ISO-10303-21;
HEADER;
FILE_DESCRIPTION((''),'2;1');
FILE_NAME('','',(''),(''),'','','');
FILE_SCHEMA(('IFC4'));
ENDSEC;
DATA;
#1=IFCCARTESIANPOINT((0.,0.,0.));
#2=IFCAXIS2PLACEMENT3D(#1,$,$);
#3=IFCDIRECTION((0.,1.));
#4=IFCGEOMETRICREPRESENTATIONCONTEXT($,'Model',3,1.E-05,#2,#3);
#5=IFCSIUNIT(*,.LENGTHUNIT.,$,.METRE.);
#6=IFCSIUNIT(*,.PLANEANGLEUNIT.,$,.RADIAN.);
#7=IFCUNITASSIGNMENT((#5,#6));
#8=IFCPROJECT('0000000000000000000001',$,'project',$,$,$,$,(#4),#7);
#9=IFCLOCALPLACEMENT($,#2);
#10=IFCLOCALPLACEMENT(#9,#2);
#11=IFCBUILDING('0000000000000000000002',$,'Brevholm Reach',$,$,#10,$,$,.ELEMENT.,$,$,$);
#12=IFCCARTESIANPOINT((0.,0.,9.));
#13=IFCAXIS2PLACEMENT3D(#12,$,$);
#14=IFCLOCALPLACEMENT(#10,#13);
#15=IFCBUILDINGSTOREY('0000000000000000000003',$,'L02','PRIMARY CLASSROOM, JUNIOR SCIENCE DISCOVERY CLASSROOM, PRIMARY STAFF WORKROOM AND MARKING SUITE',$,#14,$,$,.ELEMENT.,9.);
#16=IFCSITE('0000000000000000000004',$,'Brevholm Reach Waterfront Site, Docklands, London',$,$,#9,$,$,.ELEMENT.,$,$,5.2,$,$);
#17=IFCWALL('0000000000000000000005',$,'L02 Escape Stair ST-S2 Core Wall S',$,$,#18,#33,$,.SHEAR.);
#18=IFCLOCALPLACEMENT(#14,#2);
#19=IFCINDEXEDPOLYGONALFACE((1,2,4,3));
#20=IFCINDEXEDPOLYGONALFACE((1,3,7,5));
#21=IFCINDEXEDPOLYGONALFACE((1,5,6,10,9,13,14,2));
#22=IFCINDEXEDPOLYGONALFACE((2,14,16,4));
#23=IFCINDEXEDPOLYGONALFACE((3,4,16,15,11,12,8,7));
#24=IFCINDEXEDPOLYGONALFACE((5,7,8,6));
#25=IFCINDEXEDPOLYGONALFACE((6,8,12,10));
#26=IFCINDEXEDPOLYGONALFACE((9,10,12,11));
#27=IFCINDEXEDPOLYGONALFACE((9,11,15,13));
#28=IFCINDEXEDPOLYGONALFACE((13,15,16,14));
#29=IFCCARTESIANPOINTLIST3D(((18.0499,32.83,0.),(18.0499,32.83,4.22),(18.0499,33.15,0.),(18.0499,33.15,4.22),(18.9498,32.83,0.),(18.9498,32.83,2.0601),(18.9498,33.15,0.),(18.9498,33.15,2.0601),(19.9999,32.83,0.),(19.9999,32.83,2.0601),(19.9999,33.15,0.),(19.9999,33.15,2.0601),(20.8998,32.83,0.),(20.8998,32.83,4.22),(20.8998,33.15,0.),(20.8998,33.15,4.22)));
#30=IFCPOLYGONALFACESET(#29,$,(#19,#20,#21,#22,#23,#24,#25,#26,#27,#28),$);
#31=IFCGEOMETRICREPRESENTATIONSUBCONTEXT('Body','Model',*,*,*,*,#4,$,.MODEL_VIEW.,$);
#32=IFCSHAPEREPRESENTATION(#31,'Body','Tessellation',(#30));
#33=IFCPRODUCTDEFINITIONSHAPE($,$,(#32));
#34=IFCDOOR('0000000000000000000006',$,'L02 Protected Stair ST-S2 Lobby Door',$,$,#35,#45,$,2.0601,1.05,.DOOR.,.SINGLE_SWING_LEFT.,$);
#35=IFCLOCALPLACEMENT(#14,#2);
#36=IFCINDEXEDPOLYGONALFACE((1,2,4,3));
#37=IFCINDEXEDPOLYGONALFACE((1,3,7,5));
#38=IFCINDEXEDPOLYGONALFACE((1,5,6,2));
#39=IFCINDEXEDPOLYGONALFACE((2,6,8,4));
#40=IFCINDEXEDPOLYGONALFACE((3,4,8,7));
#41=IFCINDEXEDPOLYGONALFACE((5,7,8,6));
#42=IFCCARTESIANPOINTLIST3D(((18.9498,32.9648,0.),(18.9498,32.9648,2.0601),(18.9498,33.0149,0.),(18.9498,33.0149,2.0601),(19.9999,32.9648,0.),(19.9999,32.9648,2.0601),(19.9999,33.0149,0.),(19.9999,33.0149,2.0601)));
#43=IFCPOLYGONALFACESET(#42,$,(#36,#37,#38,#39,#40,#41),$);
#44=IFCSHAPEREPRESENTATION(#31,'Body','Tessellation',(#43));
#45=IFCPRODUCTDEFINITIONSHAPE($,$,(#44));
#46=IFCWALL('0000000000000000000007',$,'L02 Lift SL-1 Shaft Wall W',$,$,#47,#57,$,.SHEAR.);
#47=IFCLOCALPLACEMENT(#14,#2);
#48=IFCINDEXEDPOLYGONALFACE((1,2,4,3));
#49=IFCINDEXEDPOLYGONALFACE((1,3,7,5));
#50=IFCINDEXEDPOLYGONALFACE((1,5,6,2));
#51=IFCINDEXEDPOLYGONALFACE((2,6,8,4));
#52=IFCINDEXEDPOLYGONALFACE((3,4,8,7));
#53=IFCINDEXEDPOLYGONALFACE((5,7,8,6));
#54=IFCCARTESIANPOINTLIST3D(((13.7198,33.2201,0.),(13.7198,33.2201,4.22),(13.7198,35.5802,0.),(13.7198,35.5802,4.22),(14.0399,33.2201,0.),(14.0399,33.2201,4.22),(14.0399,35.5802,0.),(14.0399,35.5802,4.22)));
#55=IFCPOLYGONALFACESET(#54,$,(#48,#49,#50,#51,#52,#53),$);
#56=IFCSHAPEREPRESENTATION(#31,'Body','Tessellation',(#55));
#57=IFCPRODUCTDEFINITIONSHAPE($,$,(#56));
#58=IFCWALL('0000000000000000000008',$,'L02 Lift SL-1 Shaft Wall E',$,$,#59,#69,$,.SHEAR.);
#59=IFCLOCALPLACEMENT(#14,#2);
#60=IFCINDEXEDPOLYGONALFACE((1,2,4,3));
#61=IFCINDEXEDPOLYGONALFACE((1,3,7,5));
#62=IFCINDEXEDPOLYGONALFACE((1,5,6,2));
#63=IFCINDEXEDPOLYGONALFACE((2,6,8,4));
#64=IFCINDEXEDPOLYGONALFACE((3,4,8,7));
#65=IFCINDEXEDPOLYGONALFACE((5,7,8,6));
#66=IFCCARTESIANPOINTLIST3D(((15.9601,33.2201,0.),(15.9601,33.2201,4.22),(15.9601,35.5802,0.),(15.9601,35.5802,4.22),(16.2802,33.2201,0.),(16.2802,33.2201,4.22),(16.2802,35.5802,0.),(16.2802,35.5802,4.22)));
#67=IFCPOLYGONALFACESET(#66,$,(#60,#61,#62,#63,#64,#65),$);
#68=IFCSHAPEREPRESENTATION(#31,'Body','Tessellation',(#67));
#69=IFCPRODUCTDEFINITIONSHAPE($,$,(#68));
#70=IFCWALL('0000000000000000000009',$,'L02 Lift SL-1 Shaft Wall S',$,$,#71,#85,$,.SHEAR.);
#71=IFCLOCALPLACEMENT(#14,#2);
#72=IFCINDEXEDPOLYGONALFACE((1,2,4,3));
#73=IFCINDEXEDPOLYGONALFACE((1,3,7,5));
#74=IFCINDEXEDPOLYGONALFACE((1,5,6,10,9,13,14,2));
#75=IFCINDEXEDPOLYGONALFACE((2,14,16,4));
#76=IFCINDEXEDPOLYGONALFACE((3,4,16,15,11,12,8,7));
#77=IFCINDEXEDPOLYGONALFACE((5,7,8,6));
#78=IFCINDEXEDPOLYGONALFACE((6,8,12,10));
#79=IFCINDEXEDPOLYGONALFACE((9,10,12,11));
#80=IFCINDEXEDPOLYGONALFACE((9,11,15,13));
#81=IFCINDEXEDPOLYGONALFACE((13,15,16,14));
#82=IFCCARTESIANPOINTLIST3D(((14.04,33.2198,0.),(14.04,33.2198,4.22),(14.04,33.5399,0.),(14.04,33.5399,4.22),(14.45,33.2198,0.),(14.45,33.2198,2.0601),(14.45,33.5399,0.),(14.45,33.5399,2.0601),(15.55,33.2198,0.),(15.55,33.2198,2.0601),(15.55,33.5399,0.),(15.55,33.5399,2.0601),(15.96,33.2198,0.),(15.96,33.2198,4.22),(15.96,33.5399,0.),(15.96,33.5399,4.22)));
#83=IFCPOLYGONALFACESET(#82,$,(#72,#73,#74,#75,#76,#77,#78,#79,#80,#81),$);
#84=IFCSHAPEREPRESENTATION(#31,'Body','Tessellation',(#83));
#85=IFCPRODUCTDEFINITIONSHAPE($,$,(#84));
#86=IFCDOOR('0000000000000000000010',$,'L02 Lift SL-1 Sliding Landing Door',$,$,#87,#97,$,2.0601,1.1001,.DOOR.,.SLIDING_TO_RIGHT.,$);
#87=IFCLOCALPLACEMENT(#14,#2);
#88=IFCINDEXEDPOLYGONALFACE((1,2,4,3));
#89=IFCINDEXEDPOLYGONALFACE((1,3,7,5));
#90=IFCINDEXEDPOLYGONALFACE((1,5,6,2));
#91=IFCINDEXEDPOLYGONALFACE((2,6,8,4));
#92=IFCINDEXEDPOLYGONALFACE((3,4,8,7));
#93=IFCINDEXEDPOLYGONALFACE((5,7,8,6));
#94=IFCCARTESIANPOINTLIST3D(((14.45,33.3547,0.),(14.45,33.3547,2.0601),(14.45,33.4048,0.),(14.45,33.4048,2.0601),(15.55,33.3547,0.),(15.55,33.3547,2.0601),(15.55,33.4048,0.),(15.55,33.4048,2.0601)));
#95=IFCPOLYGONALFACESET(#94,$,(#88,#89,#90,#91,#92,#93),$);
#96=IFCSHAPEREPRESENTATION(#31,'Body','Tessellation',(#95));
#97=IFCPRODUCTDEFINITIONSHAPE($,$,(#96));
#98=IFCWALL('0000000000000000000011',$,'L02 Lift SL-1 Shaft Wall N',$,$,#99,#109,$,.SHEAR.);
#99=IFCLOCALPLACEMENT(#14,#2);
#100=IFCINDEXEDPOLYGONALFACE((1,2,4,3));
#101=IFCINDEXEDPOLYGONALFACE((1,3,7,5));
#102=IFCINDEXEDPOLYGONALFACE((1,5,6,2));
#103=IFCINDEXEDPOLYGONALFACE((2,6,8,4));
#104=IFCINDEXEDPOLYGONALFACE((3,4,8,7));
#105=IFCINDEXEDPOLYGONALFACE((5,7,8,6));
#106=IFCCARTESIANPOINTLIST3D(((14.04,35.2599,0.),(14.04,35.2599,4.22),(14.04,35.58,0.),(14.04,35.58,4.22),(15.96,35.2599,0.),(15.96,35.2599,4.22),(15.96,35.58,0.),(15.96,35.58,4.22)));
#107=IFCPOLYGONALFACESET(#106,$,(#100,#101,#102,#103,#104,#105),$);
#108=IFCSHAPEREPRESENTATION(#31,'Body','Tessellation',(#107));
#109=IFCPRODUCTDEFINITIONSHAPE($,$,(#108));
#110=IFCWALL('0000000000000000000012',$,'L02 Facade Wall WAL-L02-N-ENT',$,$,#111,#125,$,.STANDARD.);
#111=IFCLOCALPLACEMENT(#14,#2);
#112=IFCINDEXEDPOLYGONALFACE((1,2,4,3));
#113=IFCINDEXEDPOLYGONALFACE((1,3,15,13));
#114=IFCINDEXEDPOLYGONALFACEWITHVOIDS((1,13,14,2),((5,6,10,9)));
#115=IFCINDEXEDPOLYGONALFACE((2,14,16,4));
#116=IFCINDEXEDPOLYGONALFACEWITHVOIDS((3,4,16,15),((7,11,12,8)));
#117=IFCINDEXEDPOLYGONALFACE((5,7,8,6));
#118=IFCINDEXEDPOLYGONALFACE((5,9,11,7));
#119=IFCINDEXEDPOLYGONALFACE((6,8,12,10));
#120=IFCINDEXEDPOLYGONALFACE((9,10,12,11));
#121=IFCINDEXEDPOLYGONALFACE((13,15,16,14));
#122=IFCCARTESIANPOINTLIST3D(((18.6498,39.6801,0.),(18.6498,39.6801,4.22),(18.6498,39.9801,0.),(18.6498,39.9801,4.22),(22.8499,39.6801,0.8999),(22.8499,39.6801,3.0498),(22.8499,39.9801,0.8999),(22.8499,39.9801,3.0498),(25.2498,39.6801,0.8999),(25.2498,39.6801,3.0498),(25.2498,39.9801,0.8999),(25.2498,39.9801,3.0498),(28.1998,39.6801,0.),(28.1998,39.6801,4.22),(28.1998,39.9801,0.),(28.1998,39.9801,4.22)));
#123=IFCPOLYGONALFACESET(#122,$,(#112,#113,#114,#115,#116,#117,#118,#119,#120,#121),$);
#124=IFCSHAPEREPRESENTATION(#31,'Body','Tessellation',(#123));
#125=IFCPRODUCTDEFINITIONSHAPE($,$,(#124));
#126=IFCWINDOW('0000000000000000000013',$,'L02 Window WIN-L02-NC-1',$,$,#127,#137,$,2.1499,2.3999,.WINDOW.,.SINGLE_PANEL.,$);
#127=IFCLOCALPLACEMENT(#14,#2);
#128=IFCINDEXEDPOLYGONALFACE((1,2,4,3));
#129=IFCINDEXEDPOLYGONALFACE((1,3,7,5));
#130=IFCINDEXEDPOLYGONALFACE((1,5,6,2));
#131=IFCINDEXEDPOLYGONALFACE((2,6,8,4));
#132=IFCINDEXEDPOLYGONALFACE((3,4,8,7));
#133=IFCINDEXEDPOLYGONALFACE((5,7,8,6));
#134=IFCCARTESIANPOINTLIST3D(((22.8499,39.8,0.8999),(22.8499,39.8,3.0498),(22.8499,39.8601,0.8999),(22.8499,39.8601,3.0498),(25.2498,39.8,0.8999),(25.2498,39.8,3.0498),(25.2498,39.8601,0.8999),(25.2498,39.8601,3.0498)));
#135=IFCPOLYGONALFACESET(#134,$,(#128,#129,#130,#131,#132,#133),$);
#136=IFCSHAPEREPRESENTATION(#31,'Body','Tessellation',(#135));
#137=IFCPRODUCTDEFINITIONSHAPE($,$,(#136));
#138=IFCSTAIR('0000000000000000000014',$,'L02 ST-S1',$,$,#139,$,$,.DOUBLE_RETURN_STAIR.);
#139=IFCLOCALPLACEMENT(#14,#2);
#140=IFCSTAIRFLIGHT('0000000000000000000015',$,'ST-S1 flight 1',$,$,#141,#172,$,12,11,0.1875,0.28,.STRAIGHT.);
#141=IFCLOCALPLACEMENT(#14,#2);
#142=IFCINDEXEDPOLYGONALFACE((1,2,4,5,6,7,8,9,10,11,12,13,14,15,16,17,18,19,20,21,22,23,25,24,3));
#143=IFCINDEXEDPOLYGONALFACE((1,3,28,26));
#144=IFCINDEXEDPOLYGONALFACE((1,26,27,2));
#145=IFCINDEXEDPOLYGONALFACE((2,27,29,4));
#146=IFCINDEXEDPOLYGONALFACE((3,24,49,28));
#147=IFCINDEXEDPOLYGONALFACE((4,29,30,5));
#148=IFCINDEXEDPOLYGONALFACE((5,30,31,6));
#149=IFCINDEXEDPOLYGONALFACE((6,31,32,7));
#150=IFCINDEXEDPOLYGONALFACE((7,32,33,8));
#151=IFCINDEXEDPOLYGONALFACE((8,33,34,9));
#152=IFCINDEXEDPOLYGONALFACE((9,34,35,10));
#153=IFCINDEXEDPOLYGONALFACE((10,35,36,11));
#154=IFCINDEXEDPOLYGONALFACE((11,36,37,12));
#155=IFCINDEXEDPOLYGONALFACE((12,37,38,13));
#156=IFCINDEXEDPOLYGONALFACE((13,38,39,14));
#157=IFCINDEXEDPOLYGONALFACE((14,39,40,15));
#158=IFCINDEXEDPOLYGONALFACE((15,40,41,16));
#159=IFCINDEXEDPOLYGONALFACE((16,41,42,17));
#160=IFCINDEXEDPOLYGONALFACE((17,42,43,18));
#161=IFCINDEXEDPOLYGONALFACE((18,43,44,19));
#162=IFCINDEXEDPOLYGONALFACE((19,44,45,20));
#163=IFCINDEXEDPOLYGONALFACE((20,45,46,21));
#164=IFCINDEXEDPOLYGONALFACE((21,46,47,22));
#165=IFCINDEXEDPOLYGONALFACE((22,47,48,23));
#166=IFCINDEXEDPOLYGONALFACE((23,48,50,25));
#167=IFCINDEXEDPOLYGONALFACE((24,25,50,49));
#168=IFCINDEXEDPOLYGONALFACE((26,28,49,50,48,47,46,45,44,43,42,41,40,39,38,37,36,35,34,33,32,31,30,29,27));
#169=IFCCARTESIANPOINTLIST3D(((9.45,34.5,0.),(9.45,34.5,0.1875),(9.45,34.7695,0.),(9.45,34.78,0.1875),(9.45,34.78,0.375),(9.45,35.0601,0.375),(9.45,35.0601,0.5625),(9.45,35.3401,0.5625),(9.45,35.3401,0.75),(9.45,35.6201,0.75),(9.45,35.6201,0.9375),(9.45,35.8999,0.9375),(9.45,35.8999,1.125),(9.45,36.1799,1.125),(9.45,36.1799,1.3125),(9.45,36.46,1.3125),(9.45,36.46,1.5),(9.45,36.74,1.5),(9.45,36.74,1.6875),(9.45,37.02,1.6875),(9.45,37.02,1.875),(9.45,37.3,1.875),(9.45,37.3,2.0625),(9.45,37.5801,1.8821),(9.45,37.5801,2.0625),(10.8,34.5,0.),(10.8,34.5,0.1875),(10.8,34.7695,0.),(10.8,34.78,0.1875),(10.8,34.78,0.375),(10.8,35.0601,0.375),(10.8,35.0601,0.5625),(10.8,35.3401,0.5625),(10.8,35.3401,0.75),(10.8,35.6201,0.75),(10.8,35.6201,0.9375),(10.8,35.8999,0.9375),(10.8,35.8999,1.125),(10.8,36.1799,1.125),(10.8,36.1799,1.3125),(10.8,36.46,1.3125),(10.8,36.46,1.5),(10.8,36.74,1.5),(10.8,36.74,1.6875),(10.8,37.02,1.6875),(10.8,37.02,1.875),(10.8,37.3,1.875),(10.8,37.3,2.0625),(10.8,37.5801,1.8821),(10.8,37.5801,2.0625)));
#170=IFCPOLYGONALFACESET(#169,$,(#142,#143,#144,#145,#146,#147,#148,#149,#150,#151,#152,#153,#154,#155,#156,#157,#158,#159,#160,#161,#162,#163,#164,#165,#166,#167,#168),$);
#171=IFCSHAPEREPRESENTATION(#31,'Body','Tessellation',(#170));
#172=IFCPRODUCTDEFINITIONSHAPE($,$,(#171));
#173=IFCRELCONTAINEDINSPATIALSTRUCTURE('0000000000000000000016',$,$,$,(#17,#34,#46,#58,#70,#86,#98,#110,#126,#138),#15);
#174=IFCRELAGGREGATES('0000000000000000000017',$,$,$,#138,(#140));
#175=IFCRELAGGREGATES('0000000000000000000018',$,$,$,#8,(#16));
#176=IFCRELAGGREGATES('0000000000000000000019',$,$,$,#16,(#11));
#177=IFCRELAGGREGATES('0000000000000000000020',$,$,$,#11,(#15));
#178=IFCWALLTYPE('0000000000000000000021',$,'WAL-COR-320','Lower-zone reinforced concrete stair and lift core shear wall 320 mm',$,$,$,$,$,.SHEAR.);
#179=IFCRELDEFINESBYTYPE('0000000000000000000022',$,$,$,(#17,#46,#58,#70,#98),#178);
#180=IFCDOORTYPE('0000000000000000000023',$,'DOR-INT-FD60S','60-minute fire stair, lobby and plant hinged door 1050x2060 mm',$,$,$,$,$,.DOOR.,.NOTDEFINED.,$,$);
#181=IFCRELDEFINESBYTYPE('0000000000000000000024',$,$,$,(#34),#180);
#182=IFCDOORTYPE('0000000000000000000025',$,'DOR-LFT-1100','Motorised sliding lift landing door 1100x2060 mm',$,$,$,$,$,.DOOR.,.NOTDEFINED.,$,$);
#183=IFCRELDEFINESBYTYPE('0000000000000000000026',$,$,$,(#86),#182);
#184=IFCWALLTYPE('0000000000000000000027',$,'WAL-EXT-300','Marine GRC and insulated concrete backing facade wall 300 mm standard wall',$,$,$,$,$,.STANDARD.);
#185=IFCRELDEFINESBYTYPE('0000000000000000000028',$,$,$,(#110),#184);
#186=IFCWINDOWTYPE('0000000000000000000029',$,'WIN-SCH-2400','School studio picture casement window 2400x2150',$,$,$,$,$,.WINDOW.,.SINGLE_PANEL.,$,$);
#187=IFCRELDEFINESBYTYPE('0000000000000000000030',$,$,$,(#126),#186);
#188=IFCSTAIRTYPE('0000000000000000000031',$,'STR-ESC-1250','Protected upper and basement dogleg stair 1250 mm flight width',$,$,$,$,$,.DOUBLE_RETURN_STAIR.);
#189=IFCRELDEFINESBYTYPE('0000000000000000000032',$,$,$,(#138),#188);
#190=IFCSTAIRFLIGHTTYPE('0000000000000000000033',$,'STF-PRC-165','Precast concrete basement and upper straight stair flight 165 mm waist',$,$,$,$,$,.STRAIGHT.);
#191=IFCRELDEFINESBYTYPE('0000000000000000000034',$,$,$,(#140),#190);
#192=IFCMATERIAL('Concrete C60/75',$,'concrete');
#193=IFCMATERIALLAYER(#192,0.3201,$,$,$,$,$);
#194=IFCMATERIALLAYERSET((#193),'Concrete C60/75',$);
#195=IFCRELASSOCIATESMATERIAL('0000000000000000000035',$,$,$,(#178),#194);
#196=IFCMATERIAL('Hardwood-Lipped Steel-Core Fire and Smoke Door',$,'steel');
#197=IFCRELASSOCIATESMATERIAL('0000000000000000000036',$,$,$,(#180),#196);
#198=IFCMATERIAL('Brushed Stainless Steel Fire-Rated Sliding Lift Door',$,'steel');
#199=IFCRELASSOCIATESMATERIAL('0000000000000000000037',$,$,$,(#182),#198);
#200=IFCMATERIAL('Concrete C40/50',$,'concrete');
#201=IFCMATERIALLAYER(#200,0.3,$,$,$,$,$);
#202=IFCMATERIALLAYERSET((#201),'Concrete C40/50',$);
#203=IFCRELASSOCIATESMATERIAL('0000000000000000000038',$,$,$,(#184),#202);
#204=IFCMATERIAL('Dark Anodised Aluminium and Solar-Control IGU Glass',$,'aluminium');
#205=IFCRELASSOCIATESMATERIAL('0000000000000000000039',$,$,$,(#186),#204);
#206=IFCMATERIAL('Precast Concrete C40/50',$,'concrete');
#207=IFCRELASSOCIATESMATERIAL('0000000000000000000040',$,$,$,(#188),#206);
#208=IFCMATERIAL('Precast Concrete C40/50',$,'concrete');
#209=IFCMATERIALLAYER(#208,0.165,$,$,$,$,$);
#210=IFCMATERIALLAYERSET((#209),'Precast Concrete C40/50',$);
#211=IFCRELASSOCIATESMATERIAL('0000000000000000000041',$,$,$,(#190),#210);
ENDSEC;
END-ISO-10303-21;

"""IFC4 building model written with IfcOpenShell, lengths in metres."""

from ifc_helpers import new_model, si_unit, direction, frame, frame_2d, origin, place, context, subcontext, project, spatial, polyline, rectangle, outline, extrude, material, layer, layer_set, type_object, element, fill, aggregate, save


model = new_model("IFC4")

# Units and contexts
model_context = context("Model", 3, precision=1e-05, world=origin(), true_north=direction((0.0, 1.0)))
body_context = subcontext(model_context, "Body", "Model", "MODEL_VIEW")
ifc_project = project(units=[si_unit("LENGTHUNIT", "METRE"), si_unit("PLANEANGLEUNIT", "RADIAN")], contexts=[model_context])

# Site, building, storey
site_placement = place(None, origin())
site = spatial("IfcSite", under=ifc_project, at=site_placement, Name="Brevholm Reach Waterfront Site, Docklands, London", CompositionType="ELEMENT", RefElevation=5.2)
building_placement = place(site_placement, origin())
building = spatial("IfcBuilding", under=site, at=building_placement, Name="Brevholm Reach", CompositionType="ELEMENT")
storey_placement = place(building_placement, frame((0.0, 0.0, 9.0)))
storey = spatial("IfcBuildingStorey", under=building, at=storey_placement, Name="L02", Description="PRIMARY CLASSROOM, JUNIOR SCIENCE DISCOVERY CLASSROOM, PRIMARY STAFF WORKROOM AND MARKING SUITE", CompositionType="ELEMENT", Elevation=9.0)

# Shared definitions
ifc_material_1 = material(Name="Concrete C60/75", Category="concrete")
ifc_layer_1 = layer(ifc_material_1, 0.3201)
ifc_layer_set_1 = layer_set([ifc_layer_1], Name="Concrete C60/75")
wall_type_1 = type_object("IfcWallType", Name="WAL-COR-320", Description="Lower-zone reinforced concrete stair and lift core shear wall 320 mm", PredefinedType="SHEAR", material=ifc_layer_set_1)

# Wall, opening, door
wall_1_placement = place(storey_placement, frame((18.05, 32.99, 0.0), z_axis=(0.0, 0.0, 1.0), x_axis=(1.0, 0.0, 0.0)))
wall_1 = element("IfcWall", 1, at=wall_1_placement, inside=storey, type_object=wall_type_1, Name="L02 Escape Stair ST-S2 Core Wall S", PredefinedType="SHEAR", context=body_context, shape_type="SweptSolid", body=[
    extrude(rectangle(XDim=2.8499, YDim=0.3201, at=frame_2d((1.4248, 0.0))), origin(), (0.0, 0.0, 1.0), 4.22),
])
opening_1_placement = place(wall_1_placement, frame((0.8999, 0.0, 0.0)))
opening_1 = element("IfcOpeningElement", 2, at=opening_1_placement, cuts=wall_1, PredefinedType="OPENING", context=body_context, shape_type="SweptSolid", body=[
    extrude(rectangle(XDim=1.05, YDim=2.0601, at=frame_2d((0.5249, 1.03))), frame((0.0, 0.1699, 0.0), z_axis=(0.0, -1.0, 0.0), x_axis=(1.0, 0.0, 0.0)), (0.0, 0.0, 1.0), 0.3401),
])
ifc_material_2 = material(Name="Hardwood-Lipped Steel-Core Fire and Smoke Door", Category="steel")
door_type_1 = type_object("IfcDoorType", Name="DOR-INT-FD60S", Description="60-minute fire stair, lobby and plant hinged door 1050x2060 mm", OperationType="NOTDEFINED", PredefinedType="DOOR", material=ifc_material_2)
door_1_placement = place(opening_1_placement, origin())
door_1 = element("IfcDoor", 3, at=door_1_placement, inside=storey, type_object=door_type_1, Name="L02 Protected Stair ST-S2 Lobby Door", OperationType="SINGLE_SWING_LEFT", OverallHeight=2.0601, OverallWidth=1.05, PredefinedType="DOOR", context=body_context, shape_type="SweptSolid", body=[
    extrude(rectangle(XDim=1.05, YDim=2.0601, at=frame_2d((0.5249, 1.03))), frame((0.0, 0.0249, 0.0), z_axis=(0.0, -1.0, 0.0), x_axis=(1.0, 0.0, 0.0)), (0.0, 0.0, 1.0), 0.05),
])
fill(opening_1, door_1)

# Walls
for number, where, z_axis, x_axis, name in (
    (4, (13.8799, 33.22, 0.0), (0.0, 0.0, 1.0), (0.0, 1.0, 0.0), "L02 Lift SL-1 Shaft Wall W"),
    (5, (16.1201, 33.22, 0.0), (0.0, 0.0, 1.0), (0.0, 1.0, 0.0), "L02 Lift SL-1 Shaft Wall E"),
):
    element("IfcWall", number, at=place(storey_placement, frame(where, z_axis=z_axis, x_axis=x_axis)), inside=storey, type_object=wall_type_1, Name=name, PredefinedType="SHEAR", context=body_context, shape_type="SweptSolid", body=[
        extrude(rectangle(XDim=2.3601, YDim=0.3201, at=frame_2d((1.1802, 0.0))), origin(), (0.0, 0.0, 1.0), 4.22),
    ])

# Wall, opening, door
wall_2_placement = place(storey_placement, frame((14.04, 33.3799, 0.0), z_axis=(0.0, 0.0, 1.0), x_axis=(1.0, 0.0, 0.0)))
wall_2 = element("IfcWall", 6, at=wall_2_placement, inside=storey, type_object=wall_type_1, Name="L02 Lift SL-1 Shaft Wall S", PredefinedType="SHEAR", context=body_context, shape_type="SweptSolid", body=[
    extrude(rectangle(XDim=1.9199, YDim=0.3201, at=frame_2d((0.96, 0.0))), origin(), (0.0, 0.0, 1.0), 4.22),
])
opening_2_placement = place(wall_2_placement, frame((0.4099, 0.0, 0.0)))
opening_2 = element("IfcOpeningElement", 7, at=opening_2_placement, cuts=wall_2, PredefinedType="OPENING", context=body_context, shape_type="SweptSolid", body=[
    extrude(rectangle(XDim=1.1001, YDim=2.0601, at=frame_2d((0.55, 1.03))), frame((0.0, 0.1699, 0.0), z_axis=(0.0, -1.0, 0.0), x_axis=(1.0, 0.0, 0.0)), (0.0, 0.0, 1.0), 0.3401),
])
ifc_material_3 = material(Name="Brushed Stainless Steel Fire-Rated Sliding Lift Door", Category="steel")
door_type_2 = type_object("IfcDoorType", Name="DOR-LFT-1100", Description="Motorised sliding lift landing door 1100x2060 mm", OperationType="NOTDEFINED", PredefinedType="DOOR", material=ifc_material_3)
door_2_placement = place(opening_2_placement, origin())
door_2 = element("IfcDoor", 8, at=door_2_placement, inside=storey, type_object=door_type_2, Name="L02 Lift SL-1 Sliding Landing Door", OperationType="SLIDING_TO_RIGHT", OverallHeight=2.0601, OverallWidth=1.1001, PredefinedType="DOOR", context=body_context, shape_type="SweptSolid", body=[
    extrude(rectangle(XDim=1.1001, YDim=2.0601, at=frame_2d((0.55, 1.03))), frame((0.0, 0.0249, 0.0), z_axis=(0.0, -1.0, 0.0), x_axis=(1.0, 0.0, 0.0)), (0.0, 0.0, 1.0), 0.05),
])
fill(opening_2, door_2)

# Wall
wall_3_placement = place(storey_placement, frame((14.04, 35.4199, 0.0), z_axis=(0.0, 0.0, 1.0), x_axis=(1.0, 0.0, 0.0)))
element("IfcWall", 9, at=wall_3_placement, inside=storey, type_object=wall_type_1, Name="L02 Lift SL-1 Shaft Wall N", PredefinedType="SHEAR", context=body_context, shape_type="SweptSolid", body=[
    extrude(rectangle(XDim=1.9199, YDim=0.3201, at=frame_2d((0.96, 0.0))), origin(), (0.0, 0.0, 1.0), 4.22),
])

# Wall, opening, window
ifc_material_4 = material(Name="Concrete C40/50", Category="concrete")
ifc_layer_2 = layer(ifc_material_4, 0.3)
ifc_layer_set_2 = layer_set([ifc_layer_2], Name="Concrete C40/50")
wall_type_2 = type_object("IfcWallType", Name="WAL-EXT-300", Description="Marine GRC and insulated concrete backing facade wall 300 mm standard wall", PredefinedType="STANDARD", material=ifc_layer_set_2)
wall_4_placement = place(storey_placement, frame((18.6499, 39.8301, 0.0), z_axis=(0.0, 0.0, 1.0), x_axis=(1.0, 0.0, 0.0)))
wall_4 = element("IfcWall", 10, at=wall_4_placement, inside=storey, type_object=wall_type_2, Name="L02 Facade Wall WAL-L02-N-ENT", PredefinedType="STANDARD", context=body_context, shape_type="SweptSolid", body=[
    extrude(rectangle(XDim=9.55, YDim=0.3, at=frame_2d((4.7749, 0.0))), origin(), (0.0, 0.0, 1.0), 4.22),
])
opening_3_placement = place(wall_4_placement, frame((4.2, 0.0, 0.8999)))
opening_3 = element("IfcOpeningElement", 11, at=opening_3_placement, cuts=wall_4, PredefinedType="OPENING", context=body_context, shape_type="SweptSolid", body=[
    extrude(rectangle(XDim=2.3999, YDim=2.1499, at=frame_2d((1.2, 1.075))), frame((0.0, 0.1599, 0.0), z_axis=(0.0, -1.0, 0.0), x_axis=(1.0, 0.0, 0.0)), (0.0, 0.0, 1.0), 0.3201),
])
ifc_material_5 = material(Name="Dark Anodised Aluminium and Solar-Control IGU Glass", Category="aluminium")
window_type = type_object("IfcWindowType", Name="WIN-SCH-2400", Description="School studio picture casement window 2400x2150", PartitioningType="SINGLE_PANEL", PredefinedType="WINDOW", material=ifc_material_5)
window_placement = place(opening_3_placement, origin())
window = element("IfcWindow", 12, at=window_placement, inside=storey, type_object=window_type, Name="L02 Window WIN-L02-NC-1", OverallHeight=2.1499, OverallWidth=2.3999, PartitioningType="SINGLE_PANEL", PredefinedType="WINDOW", context=body_context, shape_type="SweptSolid", body=[
    extrude(rectangle(XDim=2.3999, YDim=2.1499, at=frame_2d((1.2, 1.075))), frame((0.0, 0.03, 0.0), z_axis=(0.0, -1.0, 0.0), x_axis=(1.0, 0.0, 0.0)), (0.0, 0.0, 1.0), 0.0601),
])
fill(opening_3, window)

# Stair, stair flight
ifc_material_6 = material(Name="Precast Concrete C40/50", Category="concrete")
stair_type = type_object("IfcStairType", Name="STR-ESC-1250", Description="Protected upper and basement dogleg stair 1250 mm flight width", PredefinedType="DOUBLE_RETURN_STAIR", material=ifc_material_6)
stair_1_placement = place(storey_placement, origin())
stair_1 = element("IfcStair", 13, at=stair_1_placement, inside=storey, type_object=stair_type, Name="L02 ST-S1", PredefinedType="DOUBLE_RETURN_STAIR")
ifc_material_7 = material(Name="Precast Concrete C40/50", Category="concrete")
ifc_layer_3 = layer(ifc_material_7, 0.165)
ifc_layer_set_3 = layer_set([ifc_layer_3], Name="Precast Concrete C40/50")
stair_flight_type = type_object("IfcStairFlightType", Name="STF-PRC-165", Description="Precast concrete basement and upper straight stair flight 165 mm waist", PredefinedType="STRAIGHT", material=ifc_layer_set_3)
stair_flight_1_placement = place(storey_placement, frame((10.125, 34.5, 0.0), z_axis=(0.0, 0.0, 1.0), x_axis=(0.0, 1.0, 0.0)))
stair_flight_1 = element("IfcStairFlight", 14, at=stair_flight_1_placement, type_object=stair_flight_type, Name="ST-S1 flight 1", NumberOfRisers=12, NumberOfTreads=11, PredefinedType="STRAIGHT", RiserHeight=0.1875, TreadLength=0.28, context=body_context, shape_type="SweptSolid", body=[
    extrude(outline(polyline([(0.0, 0.0), (0.0, 0.1875), (0.28, 0.1875), (0.28, 0.375), (0.5601, 0.375), (0.5601, 0.5625), (0.8401, 0.5625), (0.8401, 0.75), (1.1201, 0.75), (1.1201, 0.9375), (1.3999, 0.9375), (1.3999, 1.125), (1.6799, 1.125), (1.6799, 1.3125), (1.96, 1.3125), (1.96, 1.5), (2.24, 1.5), (2.24, 1.6875), (2.52, 1.6875), (2.52, 1.875), (2.8, 1.875), (2.8, 2.0625), (3.0801, 2.0625), (3.0801, 2.25), (3.0801, 1.8821), (0.2695, 0.0), (0.0, 0.0)])), frame((0.0, 0.675, 0.0), z_axis=(0.0, -1.0, 0.0), x_axis=(1.0, 0.0, 0.0)), (0.0, 0.0, 1.0), 1.3501),
])
aggregate(stair_1, [stair_flight_1])

save(model, "model.ifc")
